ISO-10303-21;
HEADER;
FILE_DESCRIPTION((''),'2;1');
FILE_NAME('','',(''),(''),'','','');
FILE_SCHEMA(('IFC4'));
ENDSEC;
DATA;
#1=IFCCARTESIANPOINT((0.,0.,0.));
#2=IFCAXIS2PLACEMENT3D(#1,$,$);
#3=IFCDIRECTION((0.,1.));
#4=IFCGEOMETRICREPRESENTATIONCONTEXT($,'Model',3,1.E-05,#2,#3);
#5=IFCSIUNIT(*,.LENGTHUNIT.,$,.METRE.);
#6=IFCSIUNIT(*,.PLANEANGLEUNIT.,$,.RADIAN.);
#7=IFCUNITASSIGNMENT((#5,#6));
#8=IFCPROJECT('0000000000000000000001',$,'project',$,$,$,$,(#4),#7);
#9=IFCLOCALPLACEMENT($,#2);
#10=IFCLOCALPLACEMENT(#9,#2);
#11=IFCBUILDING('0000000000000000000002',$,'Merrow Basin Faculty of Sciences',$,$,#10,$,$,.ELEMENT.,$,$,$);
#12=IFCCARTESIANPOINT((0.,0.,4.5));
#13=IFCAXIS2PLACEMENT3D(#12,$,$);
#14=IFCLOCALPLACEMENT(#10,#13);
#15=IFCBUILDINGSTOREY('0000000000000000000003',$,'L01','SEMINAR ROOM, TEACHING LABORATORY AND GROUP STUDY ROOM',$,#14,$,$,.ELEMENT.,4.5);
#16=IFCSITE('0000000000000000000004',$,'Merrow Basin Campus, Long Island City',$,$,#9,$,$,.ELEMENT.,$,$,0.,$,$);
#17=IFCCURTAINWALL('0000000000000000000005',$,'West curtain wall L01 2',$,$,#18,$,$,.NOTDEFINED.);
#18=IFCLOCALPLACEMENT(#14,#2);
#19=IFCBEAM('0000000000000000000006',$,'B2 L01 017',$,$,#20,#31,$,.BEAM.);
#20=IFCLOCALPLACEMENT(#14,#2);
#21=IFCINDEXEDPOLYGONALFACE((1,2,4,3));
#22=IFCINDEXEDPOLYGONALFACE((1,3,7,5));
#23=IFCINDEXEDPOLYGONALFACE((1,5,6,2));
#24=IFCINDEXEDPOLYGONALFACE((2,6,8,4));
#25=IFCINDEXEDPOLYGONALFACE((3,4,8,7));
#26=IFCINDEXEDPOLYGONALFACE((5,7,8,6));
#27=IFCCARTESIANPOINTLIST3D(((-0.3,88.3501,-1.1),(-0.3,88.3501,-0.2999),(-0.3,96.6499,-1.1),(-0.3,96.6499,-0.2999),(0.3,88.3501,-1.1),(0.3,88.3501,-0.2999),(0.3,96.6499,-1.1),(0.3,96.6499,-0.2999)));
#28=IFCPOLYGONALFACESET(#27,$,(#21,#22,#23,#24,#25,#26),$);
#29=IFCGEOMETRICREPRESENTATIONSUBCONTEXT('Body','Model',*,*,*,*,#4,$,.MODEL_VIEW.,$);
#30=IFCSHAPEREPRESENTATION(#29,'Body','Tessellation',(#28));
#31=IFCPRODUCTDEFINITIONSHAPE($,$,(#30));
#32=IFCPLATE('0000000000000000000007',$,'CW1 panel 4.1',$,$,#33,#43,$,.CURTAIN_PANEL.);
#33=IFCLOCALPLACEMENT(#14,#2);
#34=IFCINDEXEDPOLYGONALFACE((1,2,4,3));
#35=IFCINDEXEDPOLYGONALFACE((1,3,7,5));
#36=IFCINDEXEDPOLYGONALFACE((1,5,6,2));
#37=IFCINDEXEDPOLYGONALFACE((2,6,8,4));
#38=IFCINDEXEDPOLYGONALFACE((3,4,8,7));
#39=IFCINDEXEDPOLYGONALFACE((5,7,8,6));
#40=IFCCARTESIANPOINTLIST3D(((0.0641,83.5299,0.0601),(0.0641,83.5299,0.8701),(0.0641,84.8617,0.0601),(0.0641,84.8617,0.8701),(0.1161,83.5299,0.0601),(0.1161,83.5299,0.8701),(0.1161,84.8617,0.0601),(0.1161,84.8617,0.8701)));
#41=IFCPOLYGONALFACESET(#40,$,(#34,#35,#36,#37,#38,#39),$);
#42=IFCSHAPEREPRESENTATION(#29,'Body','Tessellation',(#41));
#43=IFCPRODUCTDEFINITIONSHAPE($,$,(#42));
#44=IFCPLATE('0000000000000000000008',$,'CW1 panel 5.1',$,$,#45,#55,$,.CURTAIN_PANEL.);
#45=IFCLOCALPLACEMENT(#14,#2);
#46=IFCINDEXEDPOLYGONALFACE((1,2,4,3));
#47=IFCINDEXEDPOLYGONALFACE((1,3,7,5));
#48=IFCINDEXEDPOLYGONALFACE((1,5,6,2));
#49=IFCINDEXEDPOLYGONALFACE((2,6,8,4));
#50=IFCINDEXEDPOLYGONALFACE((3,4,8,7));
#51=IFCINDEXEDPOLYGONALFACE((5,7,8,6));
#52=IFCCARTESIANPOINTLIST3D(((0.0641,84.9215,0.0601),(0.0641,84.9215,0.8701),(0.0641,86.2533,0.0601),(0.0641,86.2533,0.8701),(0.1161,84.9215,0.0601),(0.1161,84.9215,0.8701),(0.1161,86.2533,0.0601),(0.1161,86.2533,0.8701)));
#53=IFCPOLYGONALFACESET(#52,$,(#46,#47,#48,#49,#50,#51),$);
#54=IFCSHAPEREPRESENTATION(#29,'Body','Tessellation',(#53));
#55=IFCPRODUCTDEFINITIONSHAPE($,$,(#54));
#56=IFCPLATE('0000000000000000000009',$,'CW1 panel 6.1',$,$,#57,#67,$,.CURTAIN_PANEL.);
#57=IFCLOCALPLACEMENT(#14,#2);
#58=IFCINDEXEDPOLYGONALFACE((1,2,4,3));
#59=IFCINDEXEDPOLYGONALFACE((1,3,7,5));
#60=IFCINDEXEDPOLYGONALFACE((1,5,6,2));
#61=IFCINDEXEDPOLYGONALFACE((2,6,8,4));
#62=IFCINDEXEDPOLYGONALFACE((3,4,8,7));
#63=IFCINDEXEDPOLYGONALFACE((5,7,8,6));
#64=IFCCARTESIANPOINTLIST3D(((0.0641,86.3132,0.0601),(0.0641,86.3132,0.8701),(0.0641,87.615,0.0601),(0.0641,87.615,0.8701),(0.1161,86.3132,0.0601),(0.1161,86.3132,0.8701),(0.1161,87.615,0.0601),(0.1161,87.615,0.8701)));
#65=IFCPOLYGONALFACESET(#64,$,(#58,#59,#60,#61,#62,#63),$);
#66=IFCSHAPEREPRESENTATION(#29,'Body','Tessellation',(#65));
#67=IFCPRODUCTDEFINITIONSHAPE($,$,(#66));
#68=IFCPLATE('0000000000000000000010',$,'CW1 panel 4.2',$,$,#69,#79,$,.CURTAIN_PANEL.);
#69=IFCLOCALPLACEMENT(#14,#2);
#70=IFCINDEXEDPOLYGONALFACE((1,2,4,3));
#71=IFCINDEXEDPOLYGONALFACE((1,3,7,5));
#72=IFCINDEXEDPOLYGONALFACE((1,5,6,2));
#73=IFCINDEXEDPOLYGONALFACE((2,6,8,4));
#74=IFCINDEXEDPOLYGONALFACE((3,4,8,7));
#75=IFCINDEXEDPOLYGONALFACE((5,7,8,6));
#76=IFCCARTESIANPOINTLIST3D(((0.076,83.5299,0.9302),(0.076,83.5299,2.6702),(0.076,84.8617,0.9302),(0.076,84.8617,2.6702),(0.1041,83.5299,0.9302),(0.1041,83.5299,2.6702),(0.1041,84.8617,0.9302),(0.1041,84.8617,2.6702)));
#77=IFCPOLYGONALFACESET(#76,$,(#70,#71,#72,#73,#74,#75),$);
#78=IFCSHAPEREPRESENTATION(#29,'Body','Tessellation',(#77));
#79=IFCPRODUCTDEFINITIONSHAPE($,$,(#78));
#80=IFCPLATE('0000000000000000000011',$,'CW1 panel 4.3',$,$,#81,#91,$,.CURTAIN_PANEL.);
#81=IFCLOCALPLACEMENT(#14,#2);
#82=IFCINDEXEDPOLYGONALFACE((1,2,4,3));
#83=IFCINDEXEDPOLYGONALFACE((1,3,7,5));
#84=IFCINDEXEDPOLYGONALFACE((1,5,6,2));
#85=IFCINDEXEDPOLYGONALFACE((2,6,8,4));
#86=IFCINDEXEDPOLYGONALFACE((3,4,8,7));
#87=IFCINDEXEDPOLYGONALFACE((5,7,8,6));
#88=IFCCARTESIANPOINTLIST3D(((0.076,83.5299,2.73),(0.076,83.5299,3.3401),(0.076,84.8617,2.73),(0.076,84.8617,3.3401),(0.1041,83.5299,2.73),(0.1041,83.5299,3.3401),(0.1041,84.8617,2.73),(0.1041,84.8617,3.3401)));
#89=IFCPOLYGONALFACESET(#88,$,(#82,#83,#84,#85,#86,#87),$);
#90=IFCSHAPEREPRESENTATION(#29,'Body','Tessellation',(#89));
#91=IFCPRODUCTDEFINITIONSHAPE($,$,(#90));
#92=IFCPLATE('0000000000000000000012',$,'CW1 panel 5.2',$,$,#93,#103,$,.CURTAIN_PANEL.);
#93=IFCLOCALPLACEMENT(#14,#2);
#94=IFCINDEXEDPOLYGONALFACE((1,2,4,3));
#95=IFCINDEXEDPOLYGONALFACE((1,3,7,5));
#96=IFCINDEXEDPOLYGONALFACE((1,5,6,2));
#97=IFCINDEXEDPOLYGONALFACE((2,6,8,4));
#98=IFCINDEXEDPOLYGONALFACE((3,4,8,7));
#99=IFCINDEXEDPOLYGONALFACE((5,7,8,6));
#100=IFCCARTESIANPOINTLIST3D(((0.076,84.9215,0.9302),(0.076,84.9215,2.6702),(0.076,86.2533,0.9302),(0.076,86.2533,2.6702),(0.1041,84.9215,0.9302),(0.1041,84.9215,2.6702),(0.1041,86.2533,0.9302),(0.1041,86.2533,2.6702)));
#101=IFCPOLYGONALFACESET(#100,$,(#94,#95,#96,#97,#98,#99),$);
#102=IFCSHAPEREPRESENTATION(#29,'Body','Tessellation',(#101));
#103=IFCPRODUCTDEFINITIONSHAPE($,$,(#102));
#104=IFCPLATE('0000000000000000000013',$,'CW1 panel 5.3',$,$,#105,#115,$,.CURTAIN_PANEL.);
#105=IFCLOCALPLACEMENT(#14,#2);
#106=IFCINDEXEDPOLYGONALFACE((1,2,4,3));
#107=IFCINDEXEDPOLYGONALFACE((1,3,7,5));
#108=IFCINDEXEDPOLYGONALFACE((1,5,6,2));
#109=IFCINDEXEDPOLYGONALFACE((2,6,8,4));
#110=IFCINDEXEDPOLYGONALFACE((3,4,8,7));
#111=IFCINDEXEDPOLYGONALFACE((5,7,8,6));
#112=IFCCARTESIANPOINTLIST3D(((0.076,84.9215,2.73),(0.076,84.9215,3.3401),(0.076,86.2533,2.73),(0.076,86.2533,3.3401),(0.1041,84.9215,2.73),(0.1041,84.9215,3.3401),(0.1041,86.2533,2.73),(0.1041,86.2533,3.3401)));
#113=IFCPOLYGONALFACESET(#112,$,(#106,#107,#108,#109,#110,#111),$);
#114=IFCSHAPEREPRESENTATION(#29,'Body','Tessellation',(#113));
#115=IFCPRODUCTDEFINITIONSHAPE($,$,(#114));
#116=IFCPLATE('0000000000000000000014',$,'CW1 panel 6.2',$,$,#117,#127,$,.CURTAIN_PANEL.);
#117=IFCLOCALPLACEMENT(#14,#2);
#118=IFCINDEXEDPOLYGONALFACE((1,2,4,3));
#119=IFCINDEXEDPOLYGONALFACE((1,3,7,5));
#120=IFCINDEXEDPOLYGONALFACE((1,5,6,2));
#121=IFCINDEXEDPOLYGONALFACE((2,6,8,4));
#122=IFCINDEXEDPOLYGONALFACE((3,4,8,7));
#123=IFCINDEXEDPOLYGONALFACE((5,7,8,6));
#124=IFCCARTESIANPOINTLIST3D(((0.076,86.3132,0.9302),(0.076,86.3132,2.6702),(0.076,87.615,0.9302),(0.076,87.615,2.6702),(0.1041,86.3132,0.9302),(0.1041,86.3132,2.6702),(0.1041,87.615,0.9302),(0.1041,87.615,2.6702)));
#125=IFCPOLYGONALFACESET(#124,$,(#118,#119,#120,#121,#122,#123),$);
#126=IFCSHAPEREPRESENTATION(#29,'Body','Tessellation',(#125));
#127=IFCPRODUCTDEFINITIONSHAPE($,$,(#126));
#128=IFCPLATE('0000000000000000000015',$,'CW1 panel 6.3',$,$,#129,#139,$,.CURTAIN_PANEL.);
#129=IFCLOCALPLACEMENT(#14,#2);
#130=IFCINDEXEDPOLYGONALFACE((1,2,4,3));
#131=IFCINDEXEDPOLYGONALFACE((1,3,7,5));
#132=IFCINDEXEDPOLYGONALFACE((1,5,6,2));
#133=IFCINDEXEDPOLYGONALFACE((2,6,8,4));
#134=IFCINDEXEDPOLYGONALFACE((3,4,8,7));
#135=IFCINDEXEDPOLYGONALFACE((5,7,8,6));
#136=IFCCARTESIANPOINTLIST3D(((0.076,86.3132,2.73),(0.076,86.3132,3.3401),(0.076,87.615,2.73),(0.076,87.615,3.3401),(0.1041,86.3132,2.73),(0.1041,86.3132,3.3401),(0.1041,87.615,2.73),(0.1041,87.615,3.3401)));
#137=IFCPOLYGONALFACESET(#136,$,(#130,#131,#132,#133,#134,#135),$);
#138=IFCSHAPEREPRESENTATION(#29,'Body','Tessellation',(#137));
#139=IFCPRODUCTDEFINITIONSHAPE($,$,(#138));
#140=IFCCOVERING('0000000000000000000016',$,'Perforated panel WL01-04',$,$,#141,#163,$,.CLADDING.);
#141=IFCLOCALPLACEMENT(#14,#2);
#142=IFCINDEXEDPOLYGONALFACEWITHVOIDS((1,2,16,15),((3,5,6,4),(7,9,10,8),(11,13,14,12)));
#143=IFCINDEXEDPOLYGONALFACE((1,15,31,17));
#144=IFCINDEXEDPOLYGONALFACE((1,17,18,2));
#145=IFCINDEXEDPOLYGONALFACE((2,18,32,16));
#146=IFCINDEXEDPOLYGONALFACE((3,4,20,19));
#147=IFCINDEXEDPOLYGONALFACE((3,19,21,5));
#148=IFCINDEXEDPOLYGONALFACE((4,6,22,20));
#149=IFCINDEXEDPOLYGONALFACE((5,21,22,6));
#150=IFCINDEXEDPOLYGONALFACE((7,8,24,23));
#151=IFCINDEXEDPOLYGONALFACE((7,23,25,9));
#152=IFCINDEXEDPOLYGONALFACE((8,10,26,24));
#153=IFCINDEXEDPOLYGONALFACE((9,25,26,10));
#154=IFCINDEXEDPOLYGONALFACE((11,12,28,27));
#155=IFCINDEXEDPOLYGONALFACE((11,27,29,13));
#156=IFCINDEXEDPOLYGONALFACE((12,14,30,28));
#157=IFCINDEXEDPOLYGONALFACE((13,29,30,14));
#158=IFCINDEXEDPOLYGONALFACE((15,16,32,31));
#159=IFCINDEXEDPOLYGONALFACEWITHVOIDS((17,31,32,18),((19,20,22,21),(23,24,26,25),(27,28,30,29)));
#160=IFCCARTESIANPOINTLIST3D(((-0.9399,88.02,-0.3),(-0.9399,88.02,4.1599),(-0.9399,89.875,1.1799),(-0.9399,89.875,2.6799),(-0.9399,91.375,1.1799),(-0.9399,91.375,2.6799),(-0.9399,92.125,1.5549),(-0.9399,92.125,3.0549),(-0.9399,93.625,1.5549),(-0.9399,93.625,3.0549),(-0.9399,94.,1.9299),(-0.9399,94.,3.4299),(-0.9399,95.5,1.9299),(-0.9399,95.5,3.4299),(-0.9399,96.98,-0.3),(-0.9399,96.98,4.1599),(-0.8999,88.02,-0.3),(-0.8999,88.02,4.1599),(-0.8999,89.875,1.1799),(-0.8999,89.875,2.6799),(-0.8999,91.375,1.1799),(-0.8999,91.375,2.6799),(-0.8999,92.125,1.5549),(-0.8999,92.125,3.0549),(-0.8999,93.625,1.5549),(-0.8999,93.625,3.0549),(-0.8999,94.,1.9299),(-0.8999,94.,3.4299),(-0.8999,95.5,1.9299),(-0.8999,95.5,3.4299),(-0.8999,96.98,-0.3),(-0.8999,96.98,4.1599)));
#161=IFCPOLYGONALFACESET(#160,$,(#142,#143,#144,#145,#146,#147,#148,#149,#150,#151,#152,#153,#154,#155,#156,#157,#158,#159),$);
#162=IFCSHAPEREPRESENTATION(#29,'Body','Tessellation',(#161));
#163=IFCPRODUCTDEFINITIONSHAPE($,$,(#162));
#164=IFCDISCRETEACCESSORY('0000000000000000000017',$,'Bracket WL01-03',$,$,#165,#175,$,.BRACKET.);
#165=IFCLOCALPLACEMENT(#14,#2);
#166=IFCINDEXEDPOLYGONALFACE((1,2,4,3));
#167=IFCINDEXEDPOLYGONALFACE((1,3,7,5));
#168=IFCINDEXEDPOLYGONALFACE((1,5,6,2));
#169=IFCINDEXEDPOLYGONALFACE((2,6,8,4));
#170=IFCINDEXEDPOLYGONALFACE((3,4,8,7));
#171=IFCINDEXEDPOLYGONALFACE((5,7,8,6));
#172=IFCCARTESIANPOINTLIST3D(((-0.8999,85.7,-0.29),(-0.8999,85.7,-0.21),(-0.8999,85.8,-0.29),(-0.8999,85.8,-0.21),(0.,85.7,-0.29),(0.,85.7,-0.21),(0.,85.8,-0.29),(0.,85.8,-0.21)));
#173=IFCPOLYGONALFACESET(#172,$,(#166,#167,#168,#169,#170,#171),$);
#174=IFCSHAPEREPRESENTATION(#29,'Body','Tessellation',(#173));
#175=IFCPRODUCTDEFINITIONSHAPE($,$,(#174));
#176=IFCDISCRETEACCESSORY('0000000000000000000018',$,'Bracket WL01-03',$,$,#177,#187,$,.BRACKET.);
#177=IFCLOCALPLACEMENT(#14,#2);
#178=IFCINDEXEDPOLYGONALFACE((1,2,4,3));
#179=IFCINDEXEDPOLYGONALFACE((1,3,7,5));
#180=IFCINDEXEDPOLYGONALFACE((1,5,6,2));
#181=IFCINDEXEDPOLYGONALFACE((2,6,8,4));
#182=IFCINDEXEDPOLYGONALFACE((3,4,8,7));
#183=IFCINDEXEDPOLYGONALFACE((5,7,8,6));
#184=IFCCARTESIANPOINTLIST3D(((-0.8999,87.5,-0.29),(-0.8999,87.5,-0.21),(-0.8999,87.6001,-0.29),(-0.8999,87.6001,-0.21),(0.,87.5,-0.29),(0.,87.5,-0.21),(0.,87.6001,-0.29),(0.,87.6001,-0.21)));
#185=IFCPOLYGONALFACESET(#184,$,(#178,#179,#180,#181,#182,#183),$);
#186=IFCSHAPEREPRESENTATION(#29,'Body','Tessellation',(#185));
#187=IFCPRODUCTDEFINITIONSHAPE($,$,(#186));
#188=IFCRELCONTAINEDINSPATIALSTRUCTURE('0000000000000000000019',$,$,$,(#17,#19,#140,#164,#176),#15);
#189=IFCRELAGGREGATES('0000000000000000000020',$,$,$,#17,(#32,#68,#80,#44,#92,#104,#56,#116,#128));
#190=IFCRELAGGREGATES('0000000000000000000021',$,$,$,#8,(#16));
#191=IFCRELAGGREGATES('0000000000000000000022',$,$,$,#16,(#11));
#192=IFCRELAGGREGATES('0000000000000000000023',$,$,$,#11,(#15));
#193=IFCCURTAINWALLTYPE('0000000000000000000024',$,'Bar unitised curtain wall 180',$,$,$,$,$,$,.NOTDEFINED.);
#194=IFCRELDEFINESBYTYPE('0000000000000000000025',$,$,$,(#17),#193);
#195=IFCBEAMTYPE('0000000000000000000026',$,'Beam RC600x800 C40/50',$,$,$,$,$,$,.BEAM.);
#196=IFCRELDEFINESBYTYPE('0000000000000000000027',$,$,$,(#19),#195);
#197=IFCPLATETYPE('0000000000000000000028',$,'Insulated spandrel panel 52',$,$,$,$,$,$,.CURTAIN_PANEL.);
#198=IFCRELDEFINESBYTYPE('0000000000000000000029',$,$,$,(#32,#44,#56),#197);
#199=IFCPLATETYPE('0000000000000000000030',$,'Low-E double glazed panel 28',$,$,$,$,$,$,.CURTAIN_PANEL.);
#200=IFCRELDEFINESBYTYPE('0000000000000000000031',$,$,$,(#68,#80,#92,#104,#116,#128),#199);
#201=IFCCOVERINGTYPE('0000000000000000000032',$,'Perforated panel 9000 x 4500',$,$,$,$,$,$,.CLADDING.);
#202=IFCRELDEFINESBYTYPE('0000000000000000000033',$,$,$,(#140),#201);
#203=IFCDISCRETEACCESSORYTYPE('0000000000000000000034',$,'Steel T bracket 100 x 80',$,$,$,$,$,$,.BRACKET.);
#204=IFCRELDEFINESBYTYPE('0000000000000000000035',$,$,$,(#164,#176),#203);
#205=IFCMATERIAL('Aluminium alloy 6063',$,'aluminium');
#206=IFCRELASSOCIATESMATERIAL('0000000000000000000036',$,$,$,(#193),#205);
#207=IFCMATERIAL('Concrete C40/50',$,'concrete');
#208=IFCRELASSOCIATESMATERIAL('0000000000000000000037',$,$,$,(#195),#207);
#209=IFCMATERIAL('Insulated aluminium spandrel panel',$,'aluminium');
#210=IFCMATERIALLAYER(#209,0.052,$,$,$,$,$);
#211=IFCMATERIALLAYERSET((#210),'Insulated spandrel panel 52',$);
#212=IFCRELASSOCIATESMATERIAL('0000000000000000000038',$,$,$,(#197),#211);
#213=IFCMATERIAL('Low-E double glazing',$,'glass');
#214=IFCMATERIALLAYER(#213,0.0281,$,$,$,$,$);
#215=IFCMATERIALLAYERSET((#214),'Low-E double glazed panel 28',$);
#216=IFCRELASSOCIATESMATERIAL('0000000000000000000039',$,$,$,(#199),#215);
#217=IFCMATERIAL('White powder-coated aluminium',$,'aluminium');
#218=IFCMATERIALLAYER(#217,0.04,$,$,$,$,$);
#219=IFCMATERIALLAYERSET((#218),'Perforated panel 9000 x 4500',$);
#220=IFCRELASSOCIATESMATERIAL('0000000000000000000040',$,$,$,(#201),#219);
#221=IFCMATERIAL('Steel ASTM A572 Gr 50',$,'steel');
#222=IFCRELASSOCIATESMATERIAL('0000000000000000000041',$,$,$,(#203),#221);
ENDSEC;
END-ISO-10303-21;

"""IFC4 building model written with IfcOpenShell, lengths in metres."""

from ifc_helpers import new_model, si_unit, direction, frame, origin, origin_2d, place, context, subcontext, project, spatial, polyline, rectangle, outline, extrude, source, transform, mapped, material, layer, layer_set, material_profile, profile_set, type_object, element, aggregate, save


model = new_model("IFC4")

# Units and contexts
model_context = context("Model", 3, precision=1e-05, world=origin(), true_north=direction((0.0, 1.0)))
body_context = subcontext(model_context, "Body", "Model", "MODEL_VIEW")
ifc_project = project(units=[si_unit("LENGTHUNIT", "METRE"), si_unit("PLANEANGLEUNIT", "RADIAN")], contexts=[model_context])

# Site, building, storey
site_placement = place(None, origin())
site = spatial("IfcSite", under=ifc_project, at=site_placement, Name="Merrow Basin Campus, Long Island City", CompositionType="ELEMENT", RefElevation=0.0)
building_placement = place(site_placement, origin())
building = spatial("IfcBuilding", under=site, at=building_placement, Name="Merrow Basin Faculty of Sciences", CompositionType="ELEMENT")
storey_placement = place(building_placement, frame((0.0, 0.0, 4.5)))
storey = spatial("IfcBuildingStorey", under=building, at=storey_placement, Name="L01", Description="SEMINAR ROOM, TEACHING LABORATORY AND GROUP STUDY ROOM", CompositionType="ELEMENT", Elevation=4.5)

# Curtain wall
ifc_material_1 = material(Name="Aluminium alloy 6063", Category="aluminium")
curtain_wall_type = type_object("IfcCurtainWallType", Name="Bar unitised curtain wall 180", PredefinedType="NOTDEFINED", material=ifc_material_1)
curtain_wall_1_placement = place(storey_placement, origin())
curtain_wall_1 = element("IfcCurtainWall", 1, at=curtain_wall_1_placement, inside=storey, type_object=curtain_wall_type, Name="West curtain wall L01 2", PredefinedType="NOTDEFINED")

# Beam
ifc_material_2 = material(Name="Concrete C40/50", Category="concrete")
ifc_material_profile_1 = material_profile(ifc_material_2, rectangle(XDim=0.6001, YDim=0.8, at=origin_2d()))
ifc_profile_set_1 = profile_set([ifc_material_profile_1], Name="Concrete C40/50")
beam_type = type_object("IfcBeamType", Name="Beam RC600x800 C40/50", PredefinedType="BEAM", material=ifc_profile_set_1)
beam_placement = place(storey_placement, frame((0.0, 88.3501, -0.7), z_axis=(0.0, 1.0, 0.0), x_axis=(-1.0, 0.0, 0.0)))
element("IfcBeam", 2, at=beam_placement, inside=storey, type_object=beam_type, Name="B2 L01 017", PredefinedType="BEAM", context=body_context, shape_type="SweptSolid", body=[
    extrude(rectangle(XDim=0.6001, YDim=0.8, at=origin_2d()), origin(), (0.0, 0.0, 1.0), 8.2998),
])

# Plates
ifc_material_3 = material(Name="Insulated aluminium spandrel panel", Category="aluminium")
ifc_layer_1 = layer(ifc_material_3, 0.052)
ifc_layer_set_1 = layer_set([ifc_layer_1], Name="Insulated spandrel panel 52")
plate_type_1 = type_object("IfcPlateType", Name="Insulated spandrel panel 52", PredefinedType="CURTAIN_PANEL", material=ifc_layer_set_1)
plate_1_placement = place(storey_placement, frame((0.0901, 84.1958, 0.0601), z_axis=(0.0, 0.0, 1.0), x_axis=(0.0, 1.0, 0.0)))
plate_1 = element("IfcPlate", 3, at=plate_1_placement, type_object=plate_type_1, Name="CW1 panel 4.1", PredefinedType="CURTAIN_PANEL", context=body_context, shape_type="SweptSolid", body=[
    extrude(rectangle(XDim=1.3318, YDim=0.052, at=origin_2d()), origin(), (0.0, 0.0, 1.0), 0.8101),
])
plate_2_placement = place(storey_placement, frame((0.0901, 85.5874, 0.0601), z_axis=(0.0, 0.0, 1.0), x_axis=(0.0, 1.0, 0.0)))
plate_2 = element("IfcPlate", 4, at=plate_2_placement, type_object=plate_type_1, Name="CW1 panel 5.1", PredefinedType="CURTAIN_PANEL", context=body_context, shape_type="SweptSolid", body=[
    extrude(rectangle(XDim=1.3318, YDim=0.052, at=origin_2d()), origin(), (0.0, 0.0, 1.0), 0.8101),
])
plate_3_placement = place(storey_placement, frame((0.0901, 86.9641, 0.0601), z_axis=(0.0, 0.0, 1.0), x_axis=(0.0, 1.0, 0.0)))
plate_3 = element("IfcPlate", 5, at=plate_3_placement, type_object=plate_type_1, Name="CW1 panel 6.1", PredefinedType="CURTAIN_PANEL", context=body_context, shape_type="SweptSolid", body=[
    extrude(rectangle(XDim=1.3018, YDim=0.052, at=origin_2d()), origin(), (0.0, 0.0, 1.0), 0.8101),
])
ifc_material_4 = material(Name="Low-E double glazing", Category="glass")
ifc_layer_2 = layer(ifc_material_4, 0.0281)
ifc_layer_set_2 = layer_set([ifc_layer_2], Name="Low-E double glazed panel 28")
plate_type_2 = type_object("IfcPlateType", Name="Low-E double glazed panel 28", PredefinedType="CURTAIN_PANEL", material=ifc_layer_set_2)
plate_4_placement = place(storey_placement, frame((0.0901, 84.1958, 0.9302), z_axis=(0.0, 0.0, 1.0), x_axis=(0.0, 1.0, 0.0)))
plate_4 = element("IfcPlate", 6, at=plate_4_placement, type_object=plate_type_2, Name="CW1 panel 4.2", PredefinedType="CURTAIN_PANEL", context=body_context, shape_type="SweptSolid", body=[
    extrude(rectangle(XDim=1.3318, YDim=0.0281, at=origin_2d()), origin(), (0.0, 0.0, 1.0), 1.74),
])
plate_5_placement = place(storey_placement, frame((0.0901, 84.1958, 2.73), z_axis=(0.0, 0.0, 1.0), x_axis=(0.0, 1.0, 0.0)))
plate_5 = element("IfcPlate", 7, at=plate_5_placement, type_object=plate_type_2, Name="CW1 panel 4.3", PredefinedType="CURTAIN_PANEL", context=body_context, shape_type="SweptSolid", body=[
    extrude(rectangle(XDim=1.3318, YDim=0.0281, at=origin_2d()), origin(), (0.0, 0.0, 1.0), 0.6101),
])
plate_6_placement = place(storey_placement, frame((0.0901, 85.5874, 0.9302), z_axis=(0.0, 0.0, 1.0), x_axis=(0.0, 1.0, 0.0)))
plate_6 = element("IfcPlate", 8, at=plate_6_placement, type_object=plate_type_2, Name="CW1 panel 5.2", PredefinedType="CURTAIN_PANEL", context=body_context, shape_type="SweptSolid", body=[
    extrude(rectangle(XDim=1.3318, YDim=0.0281, at=origin_2d()), origin(), (0.0, 0.0, 1.0), 1.74),
])
plate_7_placement = place(storey_placement, frame((0.0901, 85.5874, 2.73), z_axis=(0.0, 0.0, 1.0), x_axis=(0.0, 1.0, 0.0)))
plate_7 = element("IfcPlate", 9, at=plate_7_placement, type_object=plate_type_2, Name="CW1 panel 5.3", PredefinedType="CURTAIN_PANEL", context=body_context, shape_type="SweptSolid", body=[
    extrude(rectangle(XDim=1.3318, YDim=0.0281, at=origin_2d()), origin(), (0.0, 0.0, 1.0), 0.6101),
])
plate_8_placement = place(storey_placement, frame((0.0901, 86.9641, 0.9302), z_axis=(0.0, 0.0, 1.0), x_axis=(0.0, 1.0, 0.0)))
plate_8 = element("IfcPlate", 10, at=plate_8_placement, type_object=plate_type_2, Name="CW1 panel 6.2", PredefinedType="CURTAIN_PANEL", context=body_context, shape_type="SweptSolid", body=[
    extrude(rectangle(XDim=1.3018, YDim=0.0281, at=origin_2d()), origin(), (0.0, 0.0, 1.0), 1.74),
])
plate_9_placement = place(storey_placement, frame((0.0901, 86.9641, 2.73), z_axis=(0.0, 0.0, 1.0), x_axis=(0.0, 1.0, 0.0)))
plate_9 = element("IfcPlate", 11, at=plate_9_placement, type_object=plate_type_2, Name="CW1 panel 6.3", PredefinedType="CURTAIN_PANEL", context=body_context, shape_type="SweptSolid", body=[
    extrude(rectangle(XDim=1.3018, YDim=0.0281, at=origin_2d()), origin(), (0.0, 0.0, 1.0), 0.6101),
])
aggregate(curtain_wall_1, [plate_1, plate_4, plate_5, plate_2, plate_6, plate_7, plate_3, plate_8, plate_9])

# Covering
ifc_material_5 = material(Name="White powder-coated aluminium", Category="aluminium")
ifc_layer_3 = layer(ifc_material_5, 0.04)
ifc_layer_set_3 = layer_set([ifc_layer_3], Name="Perforated panel 9000 x 4500")
covering_type = type_object("IfcCoveringType", Name="Perforated panel 9000 x 4500", PredefinedType="CLADDING", material=ifc_layer_set_3)
shared_shape_1 = source(origin(), body_context, "Body", "SweptSolid", [
    extrude(outline(polyline([(0.02, 0.02), (8.98, 0.02), (8.98, 4.48), (0.02, 4.48), (0.02, 0.02)]), holes=[polyline([(1.875, 1.5), (3.375, 1.5), (3.375, 3.0), (1.875, 3.0), (1.875, 1.5)]), polyline([(4.125, 1.875), (5.625, 1.875), (5.625, 3.375), (4.125, 3.375), (4.125, 1.875)]), polyline([(6.0, 2.25), (7.5, 2.25), (7.5, 3.75), (6.0, 3.75), (6.0, 2.25)])]), origin(), (0.0, 0.0, 1.0), 0.04),
])
covering_placement = place(storey_placement, frame((-0.9399, 88.0, -0.3201), z_axis=(1.0, 0.0, 0.0), x_axis=(0.0, 1.0, 0.0)))
element("IfcCovering", 12, at=covering_placement, inside=storey, type_object=covering_type, Name="Perforated panel WL01-04", PredefinedType="CLADDING", context=body_context, shape_type="MappedRepresentation", body=[
    mapped(shared_shape_1, transform((0.0, 0.0, 0.0), scale=1.0)),
])

# Discrete accessories
ifc_material_6 = material(Name="Steel ASTM A572 Gr 50", Category="steel")
discrete_accessory_type = type_object("IfcDiscreteAccessoryType", Name="Steel T bracket 100 x 80", PredefinedType="BRACKET", material=ifc_material_6)
shared_shape_2 = source(origin(), body_context, "Body", "SweptSolid", [
    extrude(outline(polyline([(0.0, 0.0), (0.1001, 0.0), (0.1001, 0.0801), (0.0, 0.0801), (0.0, 0.0)])), origin(), (0.0, 0.0, 1.0), 0.8999),
])
for number, where, z_axis, x_axis, name in (
    (13, (-0.8999, 85.7, -0.29), (1.0, 0.0, 0.0), (0.0, 1.0, 0.0), "Bracket WL01-03"),
    (14, (-0.8999, 87.5, -0.29), (1.0, 0.0, 0.0), (0.0, 1.0, 0.0), "Bracket WL01-03"),
):
    element("IfcDiscreteAccessory", number, at=place(storey_placement, frame(where, z_axis=z_axis, x_axis=x_axis)), inside=storey, type_object=discrete_accessory_type, Name=name, PredefinedType="BRACKET", context=body_context, shape_type="MappedRepresentation", body=[
        mapped(shared_shape_2, transform((0.0, 0.0, 0.0), scale=1.0)),
    ])

save(model, "model.ifc")
